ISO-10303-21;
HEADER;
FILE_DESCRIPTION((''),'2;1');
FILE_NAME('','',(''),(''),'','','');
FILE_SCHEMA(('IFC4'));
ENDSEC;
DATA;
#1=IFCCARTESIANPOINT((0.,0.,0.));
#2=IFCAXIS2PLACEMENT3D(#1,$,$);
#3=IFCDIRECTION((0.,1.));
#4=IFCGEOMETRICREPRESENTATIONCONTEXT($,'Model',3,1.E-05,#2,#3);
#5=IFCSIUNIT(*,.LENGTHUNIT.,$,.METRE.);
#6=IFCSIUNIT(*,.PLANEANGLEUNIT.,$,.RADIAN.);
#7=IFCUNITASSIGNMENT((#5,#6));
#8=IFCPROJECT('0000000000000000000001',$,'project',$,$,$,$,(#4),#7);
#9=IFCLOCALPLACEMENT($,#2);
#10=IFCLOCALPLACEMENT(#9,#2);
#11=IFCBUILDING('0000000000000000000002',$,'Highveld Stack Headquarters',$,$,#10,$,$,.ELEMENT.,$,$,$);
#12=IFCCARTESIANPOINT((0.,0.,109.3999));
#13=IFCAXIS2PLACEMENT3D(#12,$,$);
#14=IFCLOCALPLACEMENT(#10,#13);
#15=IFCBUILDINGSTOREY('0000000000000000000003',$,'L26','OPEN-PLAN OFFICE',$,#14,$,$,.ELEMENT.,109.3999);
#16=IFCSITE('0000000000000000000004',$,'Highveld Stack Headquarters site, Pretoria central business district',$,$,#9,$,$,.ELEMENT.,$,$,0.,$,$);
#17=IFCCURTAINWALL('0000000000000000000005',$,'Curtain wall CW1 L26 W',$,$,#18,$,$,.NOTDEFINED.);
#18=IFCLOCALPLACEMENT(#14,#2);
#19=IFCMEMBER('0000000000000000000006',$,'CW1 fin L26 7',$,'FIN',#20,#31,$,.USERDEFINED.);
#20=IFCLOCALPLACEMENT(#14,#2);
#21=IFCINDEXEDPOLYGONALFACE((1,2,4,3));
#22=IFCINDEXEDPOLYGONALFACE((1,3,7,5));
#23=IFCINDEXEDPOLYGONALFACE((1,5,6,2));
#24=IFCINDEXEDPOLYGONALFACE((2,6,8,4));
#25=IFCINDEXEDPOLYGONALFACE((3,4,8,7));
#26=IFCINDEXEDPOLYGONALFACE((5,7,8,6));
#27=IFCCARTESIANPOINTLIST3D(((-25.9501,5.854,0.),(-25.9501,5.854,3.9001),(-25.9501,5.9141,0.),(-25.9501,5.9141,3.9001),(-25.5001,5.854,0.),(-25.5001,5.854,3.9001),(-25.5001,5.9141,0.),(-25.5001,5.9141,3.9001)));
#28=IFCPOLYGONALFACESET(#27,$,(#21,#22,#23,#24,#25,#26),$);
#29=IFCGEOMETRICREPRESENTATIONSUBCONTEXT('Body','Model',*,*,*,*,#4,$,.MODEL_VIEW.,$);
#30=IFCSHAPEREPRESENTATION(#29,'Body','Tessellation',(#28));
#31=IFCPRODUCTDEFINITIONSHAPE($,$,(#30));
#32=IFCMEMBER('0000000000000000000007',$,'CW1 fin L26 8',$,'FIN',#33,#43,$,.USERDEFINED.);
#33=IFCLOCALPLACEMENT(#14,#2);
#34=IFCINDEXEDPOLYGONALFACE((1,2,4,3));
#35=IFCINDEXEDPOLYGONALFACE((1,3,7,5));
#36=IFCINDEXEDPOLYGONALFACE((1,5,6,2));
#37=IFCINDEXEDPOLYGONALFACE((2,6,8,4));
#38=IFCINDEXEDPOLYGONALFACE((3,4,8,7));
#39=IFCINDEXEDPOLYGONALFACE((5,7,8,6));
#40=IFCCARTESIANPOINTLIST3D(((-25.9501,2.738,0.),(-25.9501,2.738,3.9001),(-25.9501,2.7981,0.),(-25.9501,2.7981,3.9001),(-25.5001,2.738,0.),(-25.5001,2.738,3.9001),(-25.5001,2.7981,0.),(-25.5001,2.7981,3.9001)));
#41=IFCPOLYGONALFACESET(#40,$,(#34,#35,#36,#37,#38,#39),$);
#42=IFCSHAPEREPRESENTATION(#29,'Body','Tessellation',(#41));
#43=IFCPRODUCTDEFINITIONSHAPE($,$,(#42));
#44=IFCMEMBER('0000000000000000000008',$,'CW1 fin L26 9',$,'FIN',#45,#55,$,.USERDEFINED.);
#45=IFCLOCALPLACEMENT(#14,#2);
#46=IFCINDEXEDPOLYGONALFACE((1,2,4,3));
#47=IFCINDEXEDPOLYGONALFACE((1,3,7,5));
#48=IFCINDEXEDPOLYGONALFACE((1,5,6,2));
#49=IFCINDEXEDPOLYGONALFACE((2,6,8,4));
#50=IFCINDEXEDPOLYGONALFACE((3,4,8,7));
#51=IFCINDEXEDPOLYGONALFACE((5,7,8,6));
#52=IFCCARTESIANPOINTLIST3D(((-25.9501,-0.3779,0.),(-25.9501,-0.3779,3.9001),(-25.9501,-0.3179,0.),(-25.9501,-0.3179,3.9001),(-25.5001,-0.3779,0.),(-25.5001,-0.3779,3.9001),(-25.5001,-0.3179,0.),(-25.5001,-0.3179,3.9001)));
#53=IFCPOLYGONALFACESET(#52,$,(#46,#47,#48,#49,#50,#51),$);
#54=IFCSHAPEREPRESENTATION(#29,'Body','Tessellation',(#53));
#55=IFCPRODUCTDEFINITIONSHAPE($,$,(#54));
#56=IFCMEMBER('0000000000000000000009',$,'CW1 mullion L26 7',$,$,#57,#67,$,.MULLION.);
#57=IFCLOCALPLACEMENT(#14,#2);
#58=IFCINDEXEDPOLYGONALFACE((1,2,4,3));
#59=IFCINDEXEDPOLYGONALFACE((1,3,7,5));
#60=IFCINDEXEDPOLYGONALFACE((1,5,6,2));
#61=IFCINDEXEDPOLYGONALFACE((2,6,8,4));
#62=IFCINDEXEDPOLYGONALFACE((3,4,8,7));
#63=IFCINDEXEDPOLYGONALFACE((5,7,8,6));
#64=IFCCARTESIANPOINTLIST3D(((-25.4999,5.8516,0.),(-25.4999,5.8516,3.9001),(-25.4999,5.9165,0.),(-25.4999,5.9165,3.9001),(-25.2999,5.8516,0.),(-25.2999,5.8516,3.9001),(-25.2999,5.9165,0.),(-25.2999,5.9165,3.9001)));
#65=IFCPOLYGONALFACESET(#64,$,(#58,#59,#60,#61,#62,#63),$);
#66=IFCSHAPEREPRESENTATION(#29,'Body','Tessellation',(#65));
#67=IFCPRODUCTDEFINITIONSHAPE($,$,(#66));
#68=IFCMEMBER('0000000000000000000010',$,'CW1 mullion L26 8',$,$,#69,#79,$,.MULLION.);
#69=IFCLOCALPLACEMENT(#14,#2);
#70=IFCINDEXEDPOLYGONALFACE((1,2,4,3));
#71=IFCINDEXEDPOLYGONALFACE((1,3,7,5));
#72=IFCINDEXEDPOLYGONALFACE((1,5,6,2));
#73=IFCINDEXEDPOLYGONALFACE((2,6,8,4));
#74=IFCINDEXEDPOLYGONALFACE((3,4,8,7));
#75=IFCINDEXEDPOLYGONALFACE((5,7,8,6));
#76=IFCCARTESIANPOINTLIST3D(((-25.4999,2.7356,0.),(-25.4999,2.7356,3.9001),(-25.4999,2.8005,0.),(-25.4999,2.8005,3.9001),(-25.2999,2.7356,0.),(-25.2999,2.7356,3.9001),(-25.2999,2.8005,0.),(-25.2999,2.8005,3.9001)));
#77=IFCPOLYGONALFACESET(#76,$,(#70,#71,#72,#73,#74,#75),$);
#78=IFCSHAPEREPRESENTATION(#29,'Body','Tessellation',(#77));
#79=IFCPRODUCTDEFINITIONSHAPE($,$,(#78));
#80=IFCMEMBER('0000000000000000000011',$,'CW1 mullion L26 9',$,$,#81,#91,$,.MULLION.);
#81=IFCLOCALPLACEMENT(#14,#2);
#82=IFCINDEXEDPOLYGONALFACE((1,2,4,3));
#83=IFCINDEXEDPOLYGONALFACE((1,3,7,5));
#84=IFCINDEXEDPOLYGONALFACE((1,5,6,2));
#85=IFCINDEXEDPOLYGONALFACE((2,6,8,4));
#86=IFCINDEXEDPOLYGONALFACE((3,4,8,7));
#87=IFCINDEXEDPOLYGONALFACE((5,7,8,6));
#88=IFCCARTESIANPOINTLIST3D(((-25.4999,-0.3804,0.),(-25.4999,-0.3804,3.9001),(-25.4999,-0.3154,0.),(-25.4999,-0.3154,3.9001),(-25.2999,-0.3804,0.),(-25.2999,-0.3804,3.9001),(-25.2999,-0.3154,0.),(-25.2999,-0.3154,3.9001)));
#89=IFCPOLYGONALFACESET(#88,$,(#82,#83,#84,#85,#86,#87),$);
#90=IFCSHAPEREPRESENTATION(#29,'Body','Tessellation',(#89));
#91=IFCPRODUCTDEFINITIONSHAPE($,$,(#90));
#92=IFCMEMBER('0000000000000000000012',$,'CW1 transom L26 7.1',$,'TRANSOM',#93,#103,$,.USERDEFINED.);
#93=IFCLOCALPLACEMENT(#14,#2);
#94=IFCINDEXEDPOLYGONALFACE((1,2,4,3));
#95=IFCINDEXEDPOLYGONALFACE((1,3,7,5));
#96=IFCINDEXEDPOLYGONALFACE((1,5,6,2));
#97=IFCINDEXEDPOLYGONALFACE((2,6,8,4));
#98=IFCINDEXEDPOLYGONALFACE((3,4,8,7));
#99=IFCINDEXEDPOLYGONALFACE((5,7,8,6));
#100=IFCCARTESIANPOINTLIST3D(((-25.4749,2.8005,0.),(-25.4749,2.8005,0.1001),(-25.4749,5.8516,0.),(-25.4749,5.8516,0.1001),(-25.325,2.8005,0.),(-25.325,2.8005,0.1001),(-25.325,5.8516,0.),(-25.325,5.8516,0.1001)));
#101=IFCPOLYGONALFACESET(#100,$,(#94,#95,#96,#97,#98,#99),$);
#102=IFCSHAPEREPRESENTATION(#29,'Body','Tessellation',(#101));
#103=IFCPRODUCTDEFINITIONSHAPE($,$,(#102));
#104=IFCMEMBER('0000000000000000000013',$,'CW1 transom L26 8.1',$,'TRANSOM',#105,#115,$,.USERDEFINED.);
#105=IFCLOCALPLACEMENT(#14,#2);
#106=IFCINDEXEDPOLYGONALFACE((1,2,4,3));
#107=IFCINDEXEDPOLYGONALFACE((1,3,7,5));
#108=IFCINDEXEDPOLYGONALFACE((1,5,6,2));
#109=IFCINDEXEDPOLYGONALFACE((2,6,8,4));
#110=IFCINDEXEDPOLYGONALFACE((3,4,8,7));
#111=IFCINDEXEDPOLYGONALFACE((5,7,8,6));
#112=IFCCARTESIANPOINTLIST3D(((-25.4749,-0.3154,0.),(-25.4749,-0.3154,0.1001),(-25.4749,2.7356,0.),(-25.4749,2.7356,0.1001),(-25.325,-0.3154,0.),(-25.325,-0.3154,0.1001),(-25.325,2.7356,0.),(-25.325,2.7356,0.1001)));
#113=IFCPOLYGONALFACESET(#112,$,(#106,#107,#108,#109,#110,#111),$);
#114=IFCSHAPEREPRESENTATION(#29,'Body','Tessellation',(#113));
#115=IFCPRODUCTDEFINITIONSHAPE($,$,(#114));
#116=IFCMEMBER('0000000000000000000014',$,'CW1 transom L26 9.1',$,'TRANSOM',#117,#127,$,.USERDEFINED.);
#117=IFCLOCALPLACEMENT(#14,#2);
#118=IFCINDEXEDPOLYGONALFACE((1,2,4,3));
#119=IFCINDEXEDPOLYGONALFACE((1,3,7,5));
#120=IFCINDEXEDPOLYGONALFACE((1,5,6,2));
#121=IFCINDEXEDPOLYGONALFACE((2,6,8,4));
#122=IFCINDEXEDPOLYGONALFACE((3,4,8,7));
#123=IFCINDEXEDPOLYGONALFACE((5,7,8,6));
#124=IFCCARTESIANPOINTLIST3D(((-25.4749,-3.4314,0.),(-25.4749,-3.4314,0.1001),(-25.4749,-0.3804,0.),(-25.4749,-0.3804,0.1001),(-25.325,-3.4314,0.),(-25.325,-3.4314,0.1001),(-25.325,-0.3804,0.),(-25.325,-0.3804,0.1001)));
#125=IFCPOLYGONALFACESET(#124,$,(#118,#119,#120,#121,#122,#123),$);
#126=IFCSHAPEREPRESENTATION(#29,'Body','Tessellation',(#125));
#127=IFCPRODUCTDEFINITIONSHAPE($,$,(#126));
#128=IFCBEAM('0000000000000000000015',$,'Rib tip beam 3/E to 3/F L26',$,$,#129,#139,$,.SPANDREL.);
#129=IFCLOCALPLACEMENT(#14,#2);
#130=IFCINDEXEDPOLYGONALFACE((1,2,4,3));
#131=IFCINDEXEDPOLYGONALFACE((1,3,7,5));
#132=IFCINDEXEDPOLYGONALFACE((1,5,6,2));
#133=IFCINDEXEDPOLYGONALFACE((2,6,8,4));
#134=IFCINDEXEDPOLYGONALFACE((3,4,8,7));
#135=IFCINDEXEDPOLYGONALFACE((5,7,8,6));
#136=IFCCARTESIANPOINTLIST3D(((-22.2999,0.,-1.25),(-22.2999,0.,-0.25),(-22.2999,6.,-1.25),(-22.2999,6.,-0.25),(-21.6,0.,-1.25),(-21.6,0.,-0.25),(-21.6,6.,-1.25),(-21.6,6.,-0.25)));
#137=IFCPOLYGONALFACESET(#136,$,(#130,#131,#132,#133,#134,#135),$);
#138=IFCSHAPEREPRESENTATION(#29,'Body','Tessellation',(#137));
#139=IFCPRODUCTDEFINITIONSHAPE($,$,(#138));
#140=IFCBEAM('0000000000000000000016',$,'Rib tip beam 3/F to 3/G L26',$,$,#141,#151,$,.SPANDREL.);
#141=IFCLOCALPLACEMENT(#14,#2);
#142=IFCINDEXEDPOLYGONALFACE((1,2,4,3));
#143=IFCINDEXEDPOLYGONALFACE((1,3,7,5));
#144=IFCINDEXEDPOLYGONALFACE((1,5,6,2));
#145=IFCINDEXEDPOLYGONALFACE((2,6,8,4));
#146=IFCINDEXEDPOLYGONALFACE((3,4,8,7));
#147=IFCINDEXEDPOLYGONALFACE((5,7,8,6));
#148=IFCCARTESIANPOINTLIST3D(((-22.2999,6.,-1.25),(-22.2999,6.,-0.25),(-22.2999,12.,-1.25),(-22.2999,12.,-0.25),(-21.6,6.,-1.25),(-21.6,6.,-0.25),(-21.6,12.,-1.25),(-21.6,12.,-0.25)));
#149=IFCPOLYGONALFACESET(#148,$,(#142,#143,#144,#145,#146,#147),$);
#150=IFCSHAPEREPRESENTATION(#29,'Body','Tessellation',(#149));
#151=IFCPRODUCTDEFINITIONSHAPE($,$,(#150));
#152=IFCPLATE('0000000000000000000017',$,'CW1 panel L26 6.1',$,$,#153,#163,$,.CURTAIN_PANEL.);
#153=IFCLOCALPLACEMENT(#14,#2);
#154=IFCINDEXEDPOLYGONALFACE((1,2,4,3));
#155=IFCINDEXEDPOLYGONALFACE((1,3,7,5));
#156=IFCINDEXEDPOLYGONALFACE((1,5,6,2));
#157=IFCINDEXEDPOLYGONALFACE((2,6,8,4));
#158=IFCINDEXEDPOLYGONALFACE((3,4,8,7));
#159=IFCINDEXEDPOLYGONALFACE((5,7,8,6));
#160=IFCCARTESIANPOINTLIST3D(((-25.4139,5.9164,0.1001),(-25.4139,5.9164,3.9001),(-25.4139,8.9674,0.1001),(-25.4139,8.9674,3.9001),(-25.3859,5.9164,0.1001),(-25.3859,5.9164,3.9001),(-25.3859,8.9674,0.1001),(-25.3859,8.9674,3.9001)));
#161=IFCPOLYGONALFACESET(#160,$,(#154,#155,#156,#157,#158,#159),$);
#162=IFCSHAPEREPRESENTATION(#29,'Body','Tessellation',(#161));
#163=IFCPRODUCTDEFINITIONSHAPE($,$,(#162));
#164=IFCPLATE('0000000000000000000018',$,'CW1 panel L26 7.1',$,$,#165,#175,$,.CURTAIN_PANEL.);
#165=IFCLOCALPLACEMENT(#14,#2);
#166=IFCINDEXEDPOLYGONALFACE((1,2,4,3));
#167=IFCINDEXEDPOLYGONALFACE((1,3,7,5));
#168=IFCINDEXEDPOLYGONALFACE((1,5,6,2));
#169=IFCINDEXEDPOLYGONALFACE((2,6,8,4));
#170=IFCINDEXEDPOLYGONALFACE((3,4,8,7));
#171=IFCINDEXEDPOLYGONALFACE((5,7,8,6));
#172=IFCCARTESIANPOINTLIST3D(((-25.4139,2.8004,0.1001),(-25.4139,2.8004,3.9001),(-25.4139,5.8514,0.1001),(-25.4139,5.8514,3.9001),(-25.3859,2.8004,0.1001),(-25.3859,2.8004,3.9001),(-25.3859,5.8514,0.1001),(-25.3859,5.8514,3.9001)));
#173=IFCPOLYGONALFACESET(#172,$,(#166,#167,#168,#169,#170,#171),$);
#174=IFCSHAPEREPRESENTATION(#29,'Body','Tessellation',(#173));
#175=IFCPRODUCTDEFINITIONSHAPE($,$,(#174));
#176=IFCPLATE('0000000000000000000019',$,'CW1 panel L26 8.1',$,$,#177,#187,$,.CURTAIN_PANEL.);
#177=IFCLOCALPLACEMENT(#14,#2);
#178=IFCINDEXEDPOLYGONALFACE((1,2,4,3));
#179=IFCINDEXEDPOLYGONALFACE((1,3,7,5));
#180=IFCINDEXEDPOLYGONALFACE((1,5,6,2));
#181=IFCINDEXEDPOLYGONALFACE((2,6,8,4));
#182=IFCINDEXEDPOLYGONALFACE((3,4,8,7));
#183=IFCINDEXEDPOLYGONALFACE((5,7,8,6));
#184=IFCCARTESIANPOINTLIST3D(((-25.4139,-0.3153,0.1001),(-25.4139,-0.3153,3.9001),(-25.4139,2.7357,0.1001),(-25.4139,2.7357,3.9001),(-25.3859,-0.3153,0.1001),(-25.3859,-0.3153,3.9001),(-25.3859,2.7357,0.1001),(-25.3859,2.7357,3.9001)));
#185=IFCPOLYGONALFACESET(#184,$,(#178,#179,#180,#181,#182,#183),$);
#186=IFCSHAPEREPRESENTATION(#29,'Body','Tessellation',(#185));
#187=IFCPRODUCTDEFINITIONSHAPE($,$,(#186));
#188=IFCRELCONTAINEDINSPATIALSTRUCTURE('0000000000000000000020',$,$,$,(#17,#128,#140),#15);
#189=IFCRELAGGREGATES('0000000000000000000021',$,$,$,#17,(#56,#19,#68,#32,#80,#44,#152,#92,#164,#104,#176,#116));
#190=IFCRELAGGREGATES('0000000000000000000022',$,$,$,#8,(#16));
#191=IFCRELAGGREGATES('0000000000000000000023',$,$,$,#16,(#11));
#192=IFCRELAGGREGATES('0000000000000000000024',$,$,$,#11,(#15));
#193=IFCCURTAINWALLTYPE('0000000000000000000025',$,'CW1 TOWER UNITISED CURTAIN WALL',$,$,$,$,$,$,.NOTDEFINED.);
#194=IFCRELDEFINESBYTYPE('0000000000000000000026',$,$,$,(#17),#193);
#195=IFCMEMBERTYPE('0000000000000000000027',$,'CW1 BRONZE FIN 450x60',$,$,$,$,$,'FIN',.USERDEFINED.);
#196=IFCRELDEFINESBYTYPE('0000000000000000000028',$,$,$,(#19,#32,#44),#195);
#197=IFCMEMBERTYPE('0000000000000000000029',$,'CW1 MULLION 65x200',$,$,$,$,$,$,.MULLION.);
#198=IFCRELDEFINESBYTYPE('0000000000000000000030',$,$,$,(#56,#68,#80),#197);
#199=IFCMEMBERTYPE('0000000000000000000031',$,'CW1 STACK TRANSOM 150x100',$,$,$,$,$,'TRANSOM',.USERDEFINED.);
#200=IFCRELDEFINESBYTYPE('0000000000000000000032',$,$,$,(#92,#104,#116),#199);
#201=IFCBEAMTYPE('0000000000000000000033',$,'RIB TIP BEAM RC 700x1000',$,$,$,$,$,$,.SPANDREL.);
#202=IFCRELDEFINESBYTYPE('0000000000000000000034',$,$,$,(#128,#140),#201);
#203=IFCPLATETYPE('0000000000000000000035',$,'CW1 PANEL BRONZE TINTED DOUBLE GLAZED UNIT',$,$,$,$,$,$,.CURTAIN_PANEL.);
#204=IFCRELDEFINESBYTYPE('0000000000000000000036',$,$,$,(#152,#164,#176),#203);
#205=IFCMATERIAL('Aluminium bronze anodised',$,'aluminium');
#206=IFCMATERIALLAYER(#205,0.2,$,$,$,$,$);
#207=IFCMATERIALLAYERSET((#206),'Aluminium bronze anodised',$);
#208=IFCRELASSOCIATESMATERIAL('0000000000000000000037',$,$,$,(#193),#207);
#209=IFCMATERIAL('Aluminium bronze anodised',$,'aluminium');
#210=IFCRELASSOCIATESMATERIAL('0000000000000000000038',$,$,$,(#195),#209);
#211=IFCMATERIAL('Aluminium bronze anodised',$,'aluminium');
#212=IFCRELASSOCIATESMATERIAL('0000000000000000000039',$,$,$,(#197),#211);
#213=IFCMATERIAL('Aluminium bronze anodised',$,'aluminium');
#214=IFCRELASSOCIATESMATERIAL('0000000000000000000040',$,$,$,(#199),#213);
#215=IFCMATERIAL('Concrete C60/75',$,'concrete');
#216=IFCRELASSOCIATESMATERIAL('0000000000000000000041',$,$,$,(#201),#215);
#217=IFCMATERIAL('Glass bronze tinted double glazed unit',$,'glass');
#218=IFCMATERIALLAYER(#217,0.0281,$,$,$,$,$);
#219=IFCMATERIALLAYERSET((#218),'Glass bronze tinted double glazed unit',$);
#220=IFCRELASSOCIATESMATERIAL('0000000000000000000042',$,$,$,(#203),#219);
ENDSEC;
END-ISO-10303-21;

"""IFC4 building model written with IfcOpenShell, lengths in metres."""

from ifc_helpers import new_model, si_unit, direction, frame, origin, origin_2d, place, context, subcontext, project, spatial, rectangle, extrude, material, layer, layer_set, material_profile, profile_set, type_object, element, aggregate, save


model = new_model("IFC4")

# Units and contexts
model_context = context("Model", 3, precision=1e-05, world=origin(), true_north=direction((0.0, 1.0)))
body_context = subcontext(model_context, "Body", "Model", "MODEL_VIEW")
ifc_project = project(units=[si_unit("LENGTHUNIT", "METRE"), si_unit("PLANEANGLEUNIT", "RADIAN")], contexts=[model_context])

# Site, building, storey
site_placement = place(None, origin())
site = spatial("IfcSite", under=ifc_project, at=site_placement, Name="Highveld Stack Headquarters site, Pretoria central business district", CompositionType="ELEMENT", RefElevation=0.0)
building_placement = place(site_placement, origin())
building = spatial("IfcBuilding", under=site, at=building_placement, Name="Highveld Stack Headquarters", CompositionType="ELEMENT")
storey_placement = place(building_placement, frame((0.0, 0.0, 109.3999)))
storey = spatial("IfcBuildingStorey", under=building, at=storey_placement, Name="L26", Description="OPEN-PLAN OFFICE", CompositionType="ELEMENT", Elevation=109.3999)

# Curtain wall, members
ifc_material_1 = material(Name="Aluminium bronze anodised", Category="aluminium")
ifc_layer_1 = layer(ifc_material_1, 0.2)
ifc_layer_set_1 = layer_set([ifc_layer_1], Name="Aluminium bronze anodised")
curtain_wall_type = type_object("IfcCurtainWallType", Name="CW1 TOWER UNITISED CURTAIN WALL", PredefinedType="NOTDEFINED", material=ifc_layer_set_1)
curtain_wall_placement = place(storey_placement, origin())
curtain_wall = element("IfcCurtainWall", 1, at=curtain_wall_placement, inside=storey, type_object=curtain_wall_type, Name="Curtain wall CW1 L26 W", PredefinedType="NOTDEFINED")
ifc_material_2 = material(Name="Aluminium bronze anodised", Category="aluminium")
ifc_material_profile_1 = material_profile(ifc_material_2, rectangle(XDim=0.45, YDim=0.0601, at=origin_2d()), Name="FIN 450x60")
ifc_profile_set_1 = profile_set([ifc_material_profile_1], Name="Aluminium bronze anodised")
member_type_1 = type_object("IfcMemberType", Name="CW1 BRONZE FIN 450x60", ElementType="FIN", PredefinedType="USERDEFINED", material=ifc_profile_set_1)
member_1_placement = place(storey_placement, frame((-25.7251, 5.884, 0.0), z_axis=(0.0, 0.0, 1.0), x_axis=(1.0, 0.0, 0.0)))
member_1 = element("IfcMember", 2, at=member_1_placement, type_object=member_type_1, Name="CW1 fin L26 7", ObjectType="FIN", PredefinedType="USERDEFINED", context=body_context, shape_type="SweptSolid", body=[
    extrude(rectangle(XDim=0.45, YDim=0.0601, at=origin_2d()), origin(), (0.0, 0.0, 1.0), 3.9001),
])
member_2_placement = place(storey_placement, frame((-25.7251, 2.7681, 0.0), z_axis=(0.0, 0.0, 1.0), x_axis=(1.0, 0.0, 0.0)))
member_2 = element("IfcMember", 3, at=member_2_placement, type_object=member_type_1, Name="CW1 fin L26 8", ObjectType="FIN", PredefinedType="USERDEFINED", context=body_context, shape_type="SweptSolid", body=[
    extrude(rectangle(XDim=0.45, YDim=0.0601, at=origin_2d()), origin(), (0.0, 0.0, 1.0), 3.9001),
])
member_3_placement = place(storey_placement, frame((-25.7251, -0.3479, 0.0), z_axis=(0.0, 0.0, 1.0), x_axis=(1.0, 0.0, 0.0)))
member_3 = element("IfcMember", 4, at=member_3_placement, type_object=member_type_1, Name="CW1 fin L26 9", ObjectType="FIN", PredefinedType="USERDEFINED", context=body_context, shape_type="SweptSolid", body=[
    extrude(rectangle(XDim=0.45, YDim=0.0601, at=origin_2d()), origin(), (0.0, 0.0, 1.0), 3.9001),
])
ifc_material_3 = material(Name="Aluminium bronze anodised", Category="aluminium")
ifc_material_profile_2 = material_profile(ifc_material_3, rectangle(XDim=0.2, YDim=0.0649, at=origin_2d()), Name="CW1 MULLION 65x200")
ifc_profile_set_2 = profile_set([ifc_material_profile_2], Name="Aluminium bronze anodised")
member_type_2 = type_object("IfcMemberType", Name="CW1 MULLION 65x200", PredefinedType="MULLION", material=ifc_profile_set_2)
member_4_placement = place(storey_placement, frame((-25.3999, 5.884, 0.0), z_axis=(0.0, 0.0, 1.0), x_axis=(1.0, 0.0, 0.0)))
member_4 = element("IfcMember", 5, at=member_4_placement, type_object=member_type_2, Name="CW1 mullion L26 7", PredefinedType="MULLION", context=body_context, shape_type="SweptSolid", body=[
    extrude(rectangle(XDim=0.2, YDim=0.0649, at=origin_2d()), origin(), (0.0, 0.0, 1.0), 3.9001),
])
member_5_placement = place(storey_placement, frame((-25.3999, 2.7681, 0.0), z_axis=(0.0, 0.0, 1.0), x_axis=(1.0, 0.0, 0.0)))
member_5 = element("IfcMember", 6, at=member_5_placement, type_object=member_type_2, Name="CW1 mullion L26 8", PredefinedType="MULLION", context=body_context, shape_type="SweptSolid", body=[
    extrude(rectangle(XDim=0.2, YDim=0.0649, at=origin_2d()), origin(), (0.0, 0.0, 1.0), 3.9001),
])
member_6_placement = place(storey_placement, frame((-25.3999, -0.3479, 0.0), z_axis=(0.0, 0.0, 1.0), x_axis=(1.0, 0.0, 0.0)))
member_6 = element("IfcMember", 7, at=member_6_placement, type_object=member_type_2, Name="CW1 mullion L26 9", PredefinedType="MULLION", context=body_context, shape_type="SweptSolid", body=[
    extrude(rectangle(XDim=0.2, YDim=0.0649, at=origin_2d()), origin(), (0.0, 0.0, 1.0), 3.9001),
])
ifc_material_4 = material(Name="Aluminium bronze anodised", Category="aluminium")
ifc_material_profile_3 = material_profile(ifc_material_4, rectangle(XDim=0.1499, YDim=0.1001, at=origin_2d()), Name="CW1 TRANSOM 150x100")
ifc_profile_set_3 = profile_set([ifc_material_profile_3], Name="Aluminium bronze anodised")
member_type_3 = type_object("IfcMemberType", Name="CW1 STACK TRANSOM 150x100", ElementType="TRANSOM", PredefinedType="USERDEFINED", material=ifc_profile_set_3)
member_7_placement = place(storey_placement, frame((-25.3999, 5.8516, 0.05), z_axis=(0.0, -1.0, 0.0), x_axis=(1.0, 0.0, 0.0)))
member_7 = element("IfcMember", 8, at=member_7_placement, type_object=member_type_3, Name="CW1 transom L26 7.1", ObjectType="TRANSOM", PredefinedType="USERDEFINED", context=body_context, shape_type="SweptSolid", body=[
    extrude(rectangle(XDim=0.1499, YDim=0.1001, at=origin_2d()), origin(), (0.0, 0.0, 1.0), 3.051),
])
member_8_placement = place(storey_placement, frame((-25.3999, 2.7356, 0.05), z_axis=(0.0, -1.0, 0.0), x_axis=(1.0, 0.0, 0.0)))
member_8 = element("IfcMember", 9, at=member_8_placement, type_object=member_type_3, Name="CW1 transom L26 8.1", ObjectType="TRANSOM", PredefinedType="USERDEFINED", context=body_context, shape_type="SweptSolid", body=[
    extrude(rectangle(XDim=0.1499, YDim=0.1001, at=origin_2d()), origin(), (0.0, 0.0, 1.0), 3.051),
])
member_9_placement = place(storey_placement, frame((-25.3999, -0.3804, 0.05), z_axis=(0.0, -1.0, 0.0), x_axis=(1.0, 0.0, 0.0)))
member_9 = element("IfcMember", 10, at=member_9_placement, type_object=member_type_3, Name="CW1 transom L26 9.1", ObjectType="TRANSOM", PredefinedType="USERDEFINED", context=body_context, shape_type="SweptSolid", body=[
    extrude(rectangle(XDim=0.1499, YDim=0.1001, at=origin_2d()), origin(), (0.0, 0.0, 1.0), 3.051),
])

# Beams
ifc_material_5 = material(Name="Concrete C60/75", Category="concrete")
ifc_material_profile_4 = material_profile(ifc_material_5, rectangle(XDim=0.7, YDim=1.0, at=origin_2d()), Name="RC 700x1000")
ifc_profile_set_4 = profile_set([ifc_material_profile_4], Name="Concrete C60/75")
beam_type = type_object("IfcBeamType", Name="RIB TIP BEAM RC 700x1000", PredefinedType="SPANDREL", material=ifc_profile_set_4)
for number, where, z_axis, x_axis, name in (
    (11, (-21.95, 0.0, -0.75), (0.0, 1.0, 0.0), (-1.0, 0.0, 0.0), "Rib tip beam 3/E to 3/F L26"),
    (12, (-21.95, 6.0, -0.75), (0.0, 1.0, 0.0), (-1.0, 0.0, 0.0), "Rib tip beam 3/F to 3/G L26"),
):
    element("IfcBeam", number, at=place(storey_placement, frame(where, z_axis=z_axis, x_axis=x_axis)), inside=storey, type_object=beam_type, Name=name, PredefinedType="SPANDREL", context=body_context, shape_type="SweptSolid", body=[
        extrude(rectangle(XDim=0.7, YDim=1.0, at=origin_2d()), origin(), (0.0, 0.0, 1.0), 6.0),
    ])

# Plates
ifc_material_6 = material(Name="Glass bronze tinted double glazed unit", Category="glass")
ifc_layer_2 = layer(ifc_material_6, 0.0281)
ifc_layer_set_2 = layer_set([ifc_layer_2], Name="Glass bronze tinted double glazed unit")
plate_type = type_object("IfcPlateType", Name="CW1 PANEL BRONZE TINTED DOUBLE GLAZED UNIT", PredefinedType="CURTAIN_PANEL", material=ifc_layer_set_2)
plate_1_placement = place(storey_placement, frame((-25.3999, 7.4419, 0.1001), z_axis=(0.0, 0.0, 1.0), x_axis=(0.0, -1.0, 0.0)))
plate_1 = element("IfcPlate", 13, at=plate_1_placement, type_object=plate_type, Name="CW1 panel L26 6.1", PredefinedType="CURTAIN_PANEL", context=body_context, shape_type="SweptSolid", body=[
    extrude(rectangle(XDim=3.051, YDim=0.0281, at=origin_2d()), origin(), (0.0, 0.0, 1.0), 3.8),
])
plate_2_placement = place(storey_placement, frame((-25.3999, 4.3259, 0.1001), z_axis=(0.0, 0.0, 1.0), x_axis=(0.0, -1.0, 0.0)))
plate_2 = element("IfcPlate", 14, at=plate_2_placement, type_object=plate_type, Name="CW1 panel L26 7.1", PredefinedType="CURTAIN_PANEL", context=body_context, shape_type="SweptSolid", body=[
    extrude(rectangle(XDim=3.051, YDim=0.0281, at=origin_2d()), origin(), (0.0, 0.0, 1.0), 3.8),
])
plate_3_placement = place(storey_placement, frame((-25.3999, 1.2102, 0.1001), z_axis=(0.0, 0.0, 1.0), x_axis=(0.0, -1.0, 0.0)))
plate_3 = element("IfcPlate", 15, at=plate_3_placement, type_object=plate_type, Name="CW1 panel L26 8.1", PredefinedType="CURTAIN_PANEL", context=body_context, shape_type="SweptSolid", body=[
    extrude(rectangle(XDim=3.051, YDim=0.0281, at=origin_2d()), origin(), (0.0, 0.0, 1.0), 3.8),
])
aggregate(curtain_wall, [member_4, member_1, member_5, member_2, member_6, member_3, plate_1, member_7, plate_2, member_8, plate_3, member_9])

save(model, "model.ifc")
